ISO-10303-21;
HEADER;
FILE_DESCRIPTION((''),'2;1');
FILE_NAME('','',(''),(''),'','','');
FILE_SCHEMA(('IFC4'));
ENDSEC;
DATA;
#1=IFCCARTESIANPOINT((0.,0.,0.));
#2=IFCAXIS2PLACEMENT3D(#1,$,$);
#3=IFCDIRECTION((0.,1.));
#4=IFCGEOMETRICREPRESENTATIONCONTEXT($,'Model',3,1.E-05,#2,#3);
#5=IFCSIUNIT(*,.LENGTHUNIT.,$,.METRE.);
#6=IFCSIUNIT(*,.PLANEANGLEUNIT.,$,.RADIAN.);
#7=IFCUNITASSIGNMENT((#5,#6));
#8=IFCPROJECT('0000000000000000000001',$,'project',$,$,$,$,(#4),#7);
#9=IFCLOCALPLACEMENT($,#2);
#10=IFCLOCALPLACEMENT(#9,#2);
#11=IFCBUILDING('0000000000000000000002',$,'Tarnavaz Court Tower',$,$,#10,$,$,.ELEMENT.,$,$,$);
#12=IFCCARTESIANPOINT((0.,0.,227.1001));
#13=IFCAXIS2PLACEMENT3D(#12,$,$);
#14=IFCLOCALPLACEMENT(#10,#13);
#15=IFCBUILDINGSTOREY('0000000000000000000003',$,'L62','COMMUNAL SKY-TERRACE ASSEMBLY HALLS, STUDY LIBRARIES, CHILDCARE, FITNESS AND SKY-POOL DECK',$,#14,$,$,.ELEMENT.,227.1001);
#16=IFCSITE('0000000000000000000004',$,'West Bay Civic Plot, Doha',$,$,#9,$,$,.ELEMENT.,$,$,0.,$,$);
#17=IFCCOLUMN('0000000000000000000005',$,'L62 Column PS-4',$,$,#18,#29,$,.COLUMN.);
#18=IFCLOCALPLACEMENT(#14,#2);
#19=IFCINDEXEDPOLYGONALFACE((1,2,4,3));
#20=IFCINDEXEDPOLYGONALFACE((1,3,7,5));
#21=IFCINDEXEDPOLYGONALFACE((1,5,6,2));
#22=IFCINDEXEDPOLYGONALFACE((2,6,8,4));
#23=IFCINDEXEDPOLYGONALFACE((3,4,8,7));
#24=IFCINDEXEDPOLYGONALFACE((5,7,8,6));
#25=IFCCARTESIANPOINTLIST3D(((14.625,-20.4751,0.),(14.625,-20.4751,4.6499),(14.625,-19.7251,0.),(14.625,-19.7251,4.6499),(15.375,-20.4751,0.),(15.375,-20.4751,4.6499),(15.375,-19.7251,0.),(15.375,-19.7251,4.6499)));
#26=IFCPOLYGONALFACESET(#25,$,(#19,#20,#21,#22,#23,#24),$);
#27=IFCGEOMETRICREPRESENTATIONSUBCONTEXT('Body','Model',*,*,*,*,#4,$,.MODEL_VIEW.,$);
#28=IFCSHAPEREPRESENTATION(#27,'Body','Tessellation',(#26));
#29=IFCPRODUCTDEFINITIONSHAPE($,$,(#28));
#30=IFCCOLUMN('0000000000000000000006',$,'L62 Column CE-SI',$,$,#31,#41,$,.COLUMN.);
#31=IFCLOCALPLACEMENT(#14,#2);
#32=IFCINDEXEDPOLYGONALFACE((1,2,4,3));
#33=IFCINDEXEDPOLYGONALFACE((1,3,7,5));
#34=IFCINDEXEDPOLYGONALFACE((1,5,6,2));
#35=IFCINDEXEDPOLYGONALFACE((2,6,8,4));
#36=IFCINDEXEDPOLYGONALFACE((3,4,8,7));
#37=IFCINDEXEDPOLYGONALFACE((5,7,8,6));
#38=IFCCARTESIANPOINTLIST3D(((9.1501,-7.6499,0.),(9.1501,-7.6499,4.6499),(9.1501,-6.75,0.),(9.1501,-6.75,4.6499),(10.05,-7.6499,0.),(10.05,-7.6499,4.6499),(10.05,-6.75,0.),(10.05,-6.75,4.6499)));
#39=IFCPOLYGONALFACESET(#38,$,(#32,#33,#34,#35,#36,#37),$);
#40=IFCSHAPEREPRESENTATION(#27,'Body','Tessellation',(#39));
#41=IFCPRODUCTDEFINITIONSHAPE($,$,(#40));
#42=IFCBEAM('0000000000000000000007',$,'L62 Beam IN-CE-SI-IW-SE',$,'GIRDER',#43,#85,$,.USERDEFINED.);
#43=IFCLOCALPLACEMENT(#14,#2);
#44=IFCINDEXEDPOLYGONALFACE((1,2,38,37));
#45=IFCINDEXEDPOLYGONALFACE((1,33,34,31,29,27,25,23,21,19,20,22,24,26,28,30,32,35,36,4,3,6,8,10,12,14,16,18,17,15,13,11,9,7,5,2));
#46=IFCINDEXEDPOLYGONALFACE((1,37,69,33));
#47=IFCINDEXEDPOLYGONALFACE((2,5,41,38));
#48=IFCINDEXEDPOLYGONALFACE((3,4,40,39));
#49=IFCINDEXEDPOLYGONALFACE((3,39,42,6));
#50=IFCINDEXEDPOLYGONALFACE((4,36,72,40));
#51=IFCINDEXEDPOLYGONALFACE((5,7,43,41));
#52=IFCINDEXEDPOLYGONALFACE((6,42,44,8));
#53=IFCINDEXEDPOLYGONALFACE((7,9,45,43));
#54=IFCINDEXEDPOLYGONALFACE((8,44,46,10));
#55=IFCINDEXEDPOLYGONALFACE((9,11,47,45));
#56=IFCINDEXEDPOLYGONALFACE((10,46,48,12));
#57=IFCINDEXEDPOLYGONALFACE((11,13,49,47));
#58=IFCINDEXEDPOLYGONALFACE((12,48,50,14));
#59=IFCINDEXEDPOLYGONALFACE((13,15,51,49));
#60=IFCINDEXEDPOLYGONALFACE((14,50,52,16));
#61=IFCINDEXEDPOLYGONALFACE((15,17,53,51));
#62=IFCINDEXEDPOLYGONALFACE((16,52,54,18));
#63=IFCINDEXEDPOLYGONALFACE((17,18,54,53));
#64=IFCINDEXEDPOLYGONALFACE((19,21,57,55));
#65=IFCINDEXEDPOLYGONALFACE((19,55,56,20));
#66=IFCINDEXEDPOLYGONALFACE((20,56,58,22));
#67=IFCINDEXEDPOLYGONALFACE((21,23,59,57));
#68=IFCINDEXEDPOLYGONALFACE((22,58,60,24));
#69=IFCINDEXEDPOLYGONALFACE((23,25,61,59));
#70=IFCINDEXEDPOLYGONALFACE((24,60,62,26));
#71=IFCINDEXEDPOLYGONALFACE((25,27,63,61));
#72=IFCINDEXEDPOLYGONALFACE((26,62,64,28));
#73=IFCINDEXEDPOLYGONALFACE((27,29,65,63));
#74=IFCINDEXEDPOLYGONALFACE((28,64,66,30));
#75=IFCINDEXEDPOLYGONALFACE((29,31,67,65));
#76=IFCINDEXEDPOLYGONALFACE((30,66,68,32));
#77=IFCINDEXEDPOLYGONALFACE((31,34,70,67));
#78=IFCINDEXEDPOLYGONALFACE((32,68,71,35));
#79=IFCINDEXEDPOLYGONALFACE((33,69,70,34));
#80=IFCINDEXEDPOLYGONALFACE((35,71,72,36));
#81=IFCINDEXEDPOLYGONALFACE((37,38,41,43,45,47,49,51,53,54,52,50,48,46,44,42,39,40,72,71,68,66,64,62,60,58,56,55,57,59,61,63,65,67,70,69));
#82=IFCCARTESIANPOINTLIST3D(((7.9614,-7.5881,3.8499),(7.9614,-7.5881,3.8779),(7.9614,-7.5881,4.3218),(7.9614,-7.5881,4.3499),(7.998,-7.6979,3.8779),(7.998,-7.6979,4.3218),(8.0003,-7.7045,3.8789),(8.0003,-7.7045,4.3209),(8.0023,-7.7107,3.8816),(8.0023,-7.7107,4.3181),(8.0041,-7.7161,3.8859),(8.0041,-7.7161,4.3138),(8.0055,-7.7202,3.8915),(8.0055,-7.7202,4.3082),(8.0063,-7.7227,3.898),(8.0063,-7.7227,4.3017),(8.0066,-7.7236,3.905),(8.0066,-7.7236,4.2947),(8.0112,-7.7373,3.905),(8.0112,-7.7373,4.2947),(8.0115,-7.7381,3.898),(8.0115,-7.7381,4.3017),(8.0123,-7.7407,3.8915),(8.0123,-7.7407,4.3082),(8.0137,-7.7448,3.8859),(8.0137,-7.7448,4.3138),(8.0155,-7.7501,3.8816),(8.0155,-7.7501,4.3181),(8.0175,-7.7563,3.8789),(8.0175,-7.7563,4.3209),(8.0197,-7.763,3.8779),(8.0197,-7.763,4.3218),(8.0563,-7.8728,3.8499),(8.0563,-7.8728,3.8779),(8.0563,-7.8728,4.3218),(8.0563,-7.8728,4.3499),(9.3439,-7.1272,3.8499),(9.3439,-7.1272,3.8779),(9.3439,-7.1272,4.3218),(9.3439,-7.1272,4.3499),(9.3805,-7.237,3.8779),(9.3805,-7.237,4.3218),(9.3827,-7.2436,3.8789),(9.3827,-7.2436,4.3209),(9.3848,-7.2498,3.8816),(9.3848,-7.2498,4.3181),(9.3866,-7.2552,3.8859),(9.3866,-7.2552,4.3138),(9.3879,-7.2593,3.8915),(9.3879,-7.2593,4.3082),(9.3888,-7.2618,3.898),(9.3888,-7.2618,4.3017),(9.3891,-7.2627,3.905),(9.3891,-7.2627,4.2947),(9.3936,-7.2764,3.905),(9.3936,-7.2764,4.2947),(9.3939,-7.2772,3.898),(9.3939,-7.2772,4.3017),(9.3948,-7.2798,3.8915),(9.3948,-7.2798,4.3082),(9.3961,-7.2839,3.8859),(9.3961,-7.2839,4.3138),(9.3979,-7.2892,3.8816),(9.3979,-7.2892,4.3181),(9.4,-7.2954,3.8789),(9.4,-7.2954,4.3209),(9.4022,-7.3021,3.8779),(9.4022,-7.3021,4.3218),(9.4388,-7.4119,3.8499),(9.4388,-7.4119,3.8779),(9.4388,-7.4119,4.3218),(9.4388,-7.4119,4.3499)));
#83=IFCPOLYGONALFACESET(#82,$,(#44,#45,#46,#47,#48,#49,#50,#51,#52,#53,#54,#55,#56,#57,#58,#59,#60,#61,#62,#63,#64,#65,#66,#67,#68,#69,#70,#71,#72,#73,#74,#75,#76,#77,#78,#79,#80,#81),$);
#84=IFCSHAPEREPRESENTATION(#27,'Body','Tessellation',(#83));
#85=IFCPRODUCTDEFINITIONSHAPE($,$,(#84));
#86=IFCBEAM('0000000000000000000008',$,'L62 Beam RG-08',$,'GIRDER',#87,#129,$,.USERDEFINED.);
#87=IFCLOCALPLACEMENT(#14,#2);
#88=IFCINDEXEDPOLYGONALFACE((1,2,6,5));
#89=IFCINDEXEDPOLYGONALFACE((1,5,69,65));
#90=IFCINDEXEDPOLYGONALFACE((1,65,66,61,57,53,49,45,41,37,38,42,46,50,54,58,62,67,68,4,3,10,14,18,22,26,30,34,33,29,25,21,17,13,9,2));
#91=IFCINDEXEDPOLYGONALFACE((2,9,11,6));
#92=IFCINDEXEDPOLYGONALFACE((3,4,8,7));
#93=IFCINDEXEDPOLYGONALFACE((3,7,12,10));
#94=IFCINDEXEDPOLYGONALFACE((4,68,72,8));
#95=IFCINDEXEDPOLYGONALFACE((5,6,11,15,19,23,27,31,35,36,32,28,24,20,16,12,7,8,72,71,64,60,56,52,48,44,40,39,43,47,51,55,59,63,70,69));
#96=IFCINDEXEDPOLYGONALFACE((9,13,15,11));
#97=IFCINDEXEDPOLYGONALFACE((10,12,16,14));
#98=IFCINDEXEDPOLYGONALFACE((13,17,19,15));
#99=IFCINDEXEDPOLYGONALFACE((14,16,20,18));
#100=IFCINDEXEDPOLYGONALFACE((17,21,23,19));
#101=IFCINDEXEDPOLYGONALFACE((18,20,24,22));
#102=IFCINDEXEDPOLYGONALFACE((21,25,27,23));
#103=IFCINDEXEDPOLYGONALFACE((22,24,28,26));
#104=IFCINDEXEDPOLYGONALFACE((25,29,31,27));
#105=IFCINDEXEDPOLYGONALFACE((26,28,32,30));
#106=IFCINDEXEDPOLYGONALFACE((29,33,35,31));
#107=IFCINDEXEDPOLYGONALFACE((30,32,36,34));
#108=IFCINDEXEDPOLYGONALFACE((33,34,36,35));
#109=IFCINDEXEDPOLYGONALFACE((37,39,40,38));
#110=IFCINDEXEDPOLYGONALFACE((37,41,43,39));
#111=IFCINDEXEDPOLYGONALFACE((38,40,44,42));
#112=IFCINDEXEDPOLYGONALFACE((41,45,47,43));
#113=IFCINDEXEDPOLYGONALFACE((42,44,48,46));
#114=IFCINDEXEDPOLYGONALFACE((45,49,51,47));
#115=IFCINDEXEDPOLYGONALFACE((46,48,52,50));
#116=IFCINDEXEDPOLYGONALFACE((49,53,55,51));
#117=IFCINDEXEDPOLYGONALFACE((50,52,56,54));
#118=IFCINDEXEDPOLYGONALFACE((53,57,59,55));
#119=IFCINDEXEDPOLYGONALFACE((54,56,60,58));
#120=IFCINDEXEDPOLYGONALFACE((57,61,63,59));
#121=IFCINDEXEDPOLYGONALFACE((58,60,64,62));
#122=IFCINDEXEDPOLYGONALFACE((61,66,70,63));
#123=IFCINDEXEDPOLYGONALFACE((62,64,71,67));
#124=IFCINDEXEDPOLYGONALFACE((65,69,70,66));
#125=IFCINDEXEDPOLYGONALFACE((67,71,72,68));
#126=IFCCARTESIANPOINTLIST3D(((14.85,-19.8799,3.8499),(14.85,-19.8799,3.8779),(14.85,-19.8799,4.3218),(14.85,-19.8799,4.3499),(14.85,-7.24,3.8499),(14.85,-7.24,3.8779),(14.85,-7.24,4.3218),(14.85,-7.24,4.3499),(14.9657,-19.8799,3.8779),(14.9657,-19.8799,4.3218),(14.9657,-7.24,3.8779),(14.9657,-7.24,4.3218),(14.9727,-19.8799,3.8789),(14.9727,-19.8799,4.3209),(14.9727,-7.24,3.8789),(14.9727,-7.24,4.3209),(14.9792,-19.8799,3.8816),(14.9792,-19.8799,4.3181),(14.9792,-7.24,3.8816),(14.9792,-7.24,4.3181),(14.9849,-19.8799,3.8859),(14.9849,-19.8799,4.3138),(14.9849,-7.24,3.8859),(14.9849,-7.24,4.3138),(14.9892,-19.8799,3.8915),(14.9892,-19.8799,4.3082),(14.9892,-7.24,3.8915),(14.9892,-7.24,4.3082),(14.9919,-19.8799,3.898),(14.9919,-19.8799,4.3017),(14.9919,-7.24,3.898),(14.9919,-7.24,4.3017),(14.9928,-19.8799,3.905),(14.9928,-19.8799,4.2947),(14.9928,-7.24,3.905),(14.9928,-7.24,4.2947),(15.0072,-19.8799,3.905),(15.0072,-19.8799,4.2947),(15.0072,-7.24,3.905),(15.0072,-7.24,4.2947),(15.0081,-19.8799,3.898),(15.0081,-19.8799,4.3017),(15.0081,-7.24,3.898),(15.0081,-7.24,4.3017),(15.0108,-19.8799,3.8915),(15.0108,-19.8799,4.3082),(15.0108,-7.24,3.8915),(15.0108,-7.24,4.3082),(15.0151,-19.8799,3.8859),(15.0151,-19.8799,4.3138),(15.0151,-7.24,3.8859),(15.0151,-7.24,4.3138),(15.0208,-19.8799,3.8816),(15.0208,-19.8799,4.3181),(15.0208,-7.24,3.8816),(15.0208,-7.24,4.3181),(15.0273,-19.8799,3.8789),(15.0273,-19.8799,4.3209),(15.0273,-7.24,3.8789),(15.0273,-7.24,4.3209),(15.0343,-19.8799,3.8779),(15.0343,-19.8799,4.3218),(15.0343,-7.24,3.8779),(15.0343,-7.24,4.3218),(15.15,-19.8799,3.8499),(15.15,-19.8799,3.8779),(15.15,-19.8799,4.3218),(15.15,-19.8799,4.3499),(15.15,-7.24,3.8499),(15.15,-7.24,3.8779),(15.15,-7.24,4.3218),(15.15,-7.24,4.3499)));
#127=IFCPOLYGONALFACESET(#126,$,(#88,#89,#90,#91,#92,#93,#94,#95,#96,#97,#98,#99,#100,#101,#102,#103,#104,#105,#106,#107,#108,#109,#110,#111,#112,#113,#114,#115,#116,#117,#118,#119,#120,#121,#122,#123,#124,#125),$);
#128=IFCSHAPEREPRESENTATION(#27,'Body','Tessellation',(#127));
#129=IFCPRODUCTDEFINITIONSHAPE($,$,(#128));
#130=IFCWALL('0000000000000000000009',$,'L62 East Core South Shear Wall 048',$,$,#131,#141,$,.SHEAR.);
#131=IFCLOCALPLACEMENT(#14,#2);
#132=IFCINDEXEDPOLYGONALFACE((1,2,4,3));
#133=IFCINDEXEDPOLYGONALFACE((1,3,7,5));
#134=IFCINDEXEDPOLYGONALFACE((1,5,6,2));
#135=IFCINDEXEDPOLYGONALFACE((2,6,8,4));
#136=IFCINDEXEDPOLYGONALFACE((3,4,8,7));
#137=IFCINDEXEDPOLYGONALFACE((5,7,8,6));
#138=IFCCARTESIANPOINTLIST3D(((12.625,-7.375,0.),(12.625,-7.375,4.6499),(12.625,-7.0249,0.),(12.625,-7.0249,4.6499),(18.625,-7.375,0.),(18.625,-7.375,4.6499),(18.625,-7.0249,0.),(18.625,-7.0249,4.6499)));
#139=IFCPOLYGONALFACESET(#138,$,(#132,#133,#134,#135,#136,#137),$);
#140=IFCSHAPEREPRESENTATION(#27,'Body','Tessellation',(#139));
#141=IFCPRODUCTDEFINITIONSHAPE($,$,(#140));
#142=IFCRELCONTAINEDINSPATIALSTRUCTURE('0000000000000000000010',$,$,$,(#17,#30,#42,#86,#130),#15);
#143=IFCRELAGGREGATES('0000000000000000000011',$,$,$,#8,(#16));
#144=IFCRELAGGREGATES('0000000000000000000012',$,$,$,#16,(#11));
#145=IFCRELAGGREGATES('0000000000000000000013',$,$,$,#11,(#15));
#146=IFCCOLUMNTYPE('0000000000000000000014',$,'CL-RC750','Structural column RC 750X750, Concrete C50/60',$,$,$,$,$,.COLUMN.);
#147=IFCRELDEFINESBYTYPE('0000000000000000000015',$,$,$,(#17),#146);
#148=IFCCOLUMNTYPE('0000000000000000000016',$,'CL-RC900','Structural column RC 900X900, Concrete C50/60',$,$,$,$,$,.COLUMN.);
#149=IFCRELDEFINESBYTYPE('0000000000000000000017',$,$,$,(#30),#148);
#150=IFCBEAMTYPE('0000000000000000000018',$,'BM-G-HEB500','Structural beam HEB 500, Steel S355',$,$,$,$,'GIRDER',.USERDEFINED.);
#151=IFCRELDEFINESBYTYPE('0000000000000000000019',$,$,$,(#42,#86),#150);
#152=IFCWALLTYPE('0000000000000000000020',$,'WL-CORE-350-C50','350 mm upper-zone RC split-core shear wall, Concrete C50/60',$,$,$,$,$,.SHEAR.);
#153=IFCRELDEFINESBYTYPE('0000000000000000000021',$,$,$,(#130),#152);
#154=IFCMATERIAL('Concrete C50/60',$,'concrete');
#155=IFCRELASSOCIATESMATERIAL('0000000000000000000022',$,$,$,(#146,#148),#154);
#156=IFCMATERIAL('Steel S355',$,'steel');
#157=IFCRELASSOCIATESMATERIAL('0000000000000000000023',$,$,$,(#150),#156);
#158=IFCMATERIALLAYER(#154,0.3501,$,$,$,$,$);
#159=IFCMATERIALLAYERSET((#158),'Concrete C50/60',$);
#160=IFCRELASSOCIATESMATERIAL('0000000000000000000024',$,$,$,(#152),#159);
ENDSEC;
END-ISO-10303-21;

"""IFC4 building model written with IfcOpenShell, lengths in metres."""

from ifc_helpers import new_model, si_unit, direction, frame, frame_2d, origin, origin_2d, place, context, subcontext, project, spatial, rectangle, i_section, extrude, material, layer, layer_set, material_profile, profile_set, type_object, element, save


model = new_model("IFC4")

# Units and contexts
model_context = context("Model", 3, precision=1e-05, world=origin(), true_north=direction((0.0, 1.0)))
body_context = subcontext(model_context, "Body", "Model", "MODEL_VIEW")
ifc_project = project(units=[si_unit("LENGTHUNIT", "METRE"), si_unit("PLANEANGLEUNIT", "RADIAN")], contexts=[model_context])

# Site, building, storey
site_placement = place(None, origin())
site = spatial("IfcSite", under=ifc_project, at=site_placement, Name="West Bay Civic Plot, Doha", CompositionType="ELEMENT", RefElevation=0.0)
building_placement = place(site_placement, origin())
building = spatial("IfcBuilding", under=site, at=building_placement, Name="Tarnavaz Court Tower", CompositionType="ELEMENT")
storey_placement = place(building_placement, frame((0.0, 0.0, 227.1001)))
storey = spatial("IfcBuildingStorey", under=building, at=storey_placement, Name="L62", Description="COMMUNAL SKY-TERRACE ASSEMBLY HALLS, STUDY LIBRARIES, CHILDCARE, FITNESS AND SKY-POOL DECK", CompositionType="ELEMENT", Elevation=227.1001)

# Columns
ifc_material_1 = material(Name="Concrete C50/60", Category="concrete")
ifc_material_profile_1 = material_profile(ifc_material_1, rectangle(XDim=0.75, YDim=0.75, at=origin_2d()), Name="RC 750X750")
ifc_profile_set_1 = profile_set([ifc_material_profile_1], Name="Concrete C50/60")
column_type_1 = type_object("IfcColumnType", Name="CL-RC750", Description="Structural column RC 750X750, Concrete C50/60", PredefinedType="COLUMN", material=ifc_profile_set_1)
column_1_placement = place(storey_placement, frame((15.0, -20.1001, 0.0), z_axis=(0.0, 0.0, 1.0), x_axis=(1.0, 0.0, 0.0)))
element("IfcColumn", 1, at=column_1_placement, inside=storey, type_object=column_type_1, Name="L62 Column PS-4", PredefinedType="COLUMN", context=body_context, shape_type="SweptSolid", body=[
    extrude(rectangle(XDim=0.75, YDim=0.75, at=origin_2d()), origin(), (0.0, 0.0, 1.0), 4.6499),
])
ifc_material_profile_2 = material_profile(ifc_material_1, rectangle(XDim=0.8999, YDim=0.8999, at=origin_2d()), Name="RC 900X900")
ifc_profile_set_2 = profile_set([ifc_material_profile_2], Name="Concrete C50/60")
column_type_2 = type_object("IfcColumnType", Name="CL-RC900", Description="Structural column RC 900X900, Concrete C50/60", PredefinedType="COLUMN", material=ifc_profile_set_2)
column_2_placement = place(storey_placement, frame((9.6001, -7.2, 0.0), z_axis=(0.0, 0.0, 1.0), x_axis=(1.0, 0.0, 0.0)))
element("IfcColumn", 2, at=column_2_placement, inside=storey, type_object=column_type_2, Name="L62 Column CE-SI", PredefinedType="COLUMN", context=body_context, shape_type="SweptSolid", body=[
    extrude(rectangle(XDim=0.8999, YDim=0.8999, at=origin_2d()), origin(), (0.0, 0.0, 1.0), 4.6499),
])

# Beams
ifc_material_2 = material(Name="Steel S355", Category="steel")
ifc_material_profile_3 = material_profile(ifc_material_2, i_section(OverallWidth=0.3, OverallDepth=0.5, WebThickness=0.0144, FlangeThickness=0.0281, FilletRadius=0.0271, at=origin_2d()), Name="HEB 500")
ifc_profile_set_3 = profile_set([ifc_material_profile_3], Name="Steel S355")
beam_type = type_object("IfcBeamType", Name="BM-G-HEB500", Description="Structural beam HEB 500, Steel S355", ElementType="GIRDER", PredefinedType="USERDEFINED", material=ifc_profile_set_3)
beam_1_placement = place(storey_placement, frame((9.3914, -7.2695, 4.0999), z_axis=(-0.948667, -0.316278, 0.0), x_axis=(0.316278, -0.948667, 0.0)))
element("IfcBeam", 3, at=beam_1_placement, inside=storey, type_object=beam_type, Name="L62 Beam IN-CE-SI-IW-SE", ObjectType="GIRDER", PredefinedType="USERDEFINED", context=body_context, shape_type="SweptSolid", body=[
    extrude(i_section(OverallWidth=0.3, OverallDepth=0.5, WebThickness=0.0144, FlangeThickness=0.0281, FilletRadius=0.0271, at=origin_2d()), origin(), (0.0, 0.0, 1.0), 1.4573),
])
beam_2_placement = place(storey_placement, frame((15.0, -7.24, 4.0999), z_axis=(0.0, -1.0, 0.0), x_axis=(1.0, 0.0, 0.0)))
element("IfcBeam", 4, at=beam_2_placement, inside=storey, type_object=beam_type, Name="L62 Beam RG-08", ObjectType="GIRDER", PredefinedType="USERDEFINED", context=body_context, shape_type="SweptSolid", body=[
    extrude(i_section(OverallWidth=0.3, OverallDepth=0.5, WebThickness=0.0144, FlangeThickness=0.0281, FilletRadius=0.0271, at=origin_2d()), origin(), (0.0, 0.0, 1.0), 12.6399),
])

# Wall
ifc_layer_1 = layer(ifc_material_1, 0.3501)
ifc_layer_set_1 = layer_set([ifc_layer_1], Name="Concrete C50/60")
wall_type_1 = type_object("IfcWallType", Name="WL-CORE-350-C50", Description="350 mm upper-zone RC split-core shear wall, Concrete C50/60", PredefinedType="SHEAR", material=ifc_layer_set_1)
wall_1_placement = place(storey_placement, frame((12.625, -7.2, 0.0), z_axis=(0.0, 0.0, 1.0), x_axis=(1.0, 0.0, 0.0)))
element("IfcWall", 5, at=wall_1_placement, inside=storey, type_object=wall_type_1, Name="L62 East Core South Shear Wall 048", PredefinedType="SHEAR", context=body_context, shape_type="SweptSolid", body=[
    extrude(rectangle(XDim=6.0, YDim=0.3501, at=frame_2d((3.0, 0.0))), origin(), (0.0, 0.0, 1.0), 4.6499),
])

save(model, "model.ifc")
